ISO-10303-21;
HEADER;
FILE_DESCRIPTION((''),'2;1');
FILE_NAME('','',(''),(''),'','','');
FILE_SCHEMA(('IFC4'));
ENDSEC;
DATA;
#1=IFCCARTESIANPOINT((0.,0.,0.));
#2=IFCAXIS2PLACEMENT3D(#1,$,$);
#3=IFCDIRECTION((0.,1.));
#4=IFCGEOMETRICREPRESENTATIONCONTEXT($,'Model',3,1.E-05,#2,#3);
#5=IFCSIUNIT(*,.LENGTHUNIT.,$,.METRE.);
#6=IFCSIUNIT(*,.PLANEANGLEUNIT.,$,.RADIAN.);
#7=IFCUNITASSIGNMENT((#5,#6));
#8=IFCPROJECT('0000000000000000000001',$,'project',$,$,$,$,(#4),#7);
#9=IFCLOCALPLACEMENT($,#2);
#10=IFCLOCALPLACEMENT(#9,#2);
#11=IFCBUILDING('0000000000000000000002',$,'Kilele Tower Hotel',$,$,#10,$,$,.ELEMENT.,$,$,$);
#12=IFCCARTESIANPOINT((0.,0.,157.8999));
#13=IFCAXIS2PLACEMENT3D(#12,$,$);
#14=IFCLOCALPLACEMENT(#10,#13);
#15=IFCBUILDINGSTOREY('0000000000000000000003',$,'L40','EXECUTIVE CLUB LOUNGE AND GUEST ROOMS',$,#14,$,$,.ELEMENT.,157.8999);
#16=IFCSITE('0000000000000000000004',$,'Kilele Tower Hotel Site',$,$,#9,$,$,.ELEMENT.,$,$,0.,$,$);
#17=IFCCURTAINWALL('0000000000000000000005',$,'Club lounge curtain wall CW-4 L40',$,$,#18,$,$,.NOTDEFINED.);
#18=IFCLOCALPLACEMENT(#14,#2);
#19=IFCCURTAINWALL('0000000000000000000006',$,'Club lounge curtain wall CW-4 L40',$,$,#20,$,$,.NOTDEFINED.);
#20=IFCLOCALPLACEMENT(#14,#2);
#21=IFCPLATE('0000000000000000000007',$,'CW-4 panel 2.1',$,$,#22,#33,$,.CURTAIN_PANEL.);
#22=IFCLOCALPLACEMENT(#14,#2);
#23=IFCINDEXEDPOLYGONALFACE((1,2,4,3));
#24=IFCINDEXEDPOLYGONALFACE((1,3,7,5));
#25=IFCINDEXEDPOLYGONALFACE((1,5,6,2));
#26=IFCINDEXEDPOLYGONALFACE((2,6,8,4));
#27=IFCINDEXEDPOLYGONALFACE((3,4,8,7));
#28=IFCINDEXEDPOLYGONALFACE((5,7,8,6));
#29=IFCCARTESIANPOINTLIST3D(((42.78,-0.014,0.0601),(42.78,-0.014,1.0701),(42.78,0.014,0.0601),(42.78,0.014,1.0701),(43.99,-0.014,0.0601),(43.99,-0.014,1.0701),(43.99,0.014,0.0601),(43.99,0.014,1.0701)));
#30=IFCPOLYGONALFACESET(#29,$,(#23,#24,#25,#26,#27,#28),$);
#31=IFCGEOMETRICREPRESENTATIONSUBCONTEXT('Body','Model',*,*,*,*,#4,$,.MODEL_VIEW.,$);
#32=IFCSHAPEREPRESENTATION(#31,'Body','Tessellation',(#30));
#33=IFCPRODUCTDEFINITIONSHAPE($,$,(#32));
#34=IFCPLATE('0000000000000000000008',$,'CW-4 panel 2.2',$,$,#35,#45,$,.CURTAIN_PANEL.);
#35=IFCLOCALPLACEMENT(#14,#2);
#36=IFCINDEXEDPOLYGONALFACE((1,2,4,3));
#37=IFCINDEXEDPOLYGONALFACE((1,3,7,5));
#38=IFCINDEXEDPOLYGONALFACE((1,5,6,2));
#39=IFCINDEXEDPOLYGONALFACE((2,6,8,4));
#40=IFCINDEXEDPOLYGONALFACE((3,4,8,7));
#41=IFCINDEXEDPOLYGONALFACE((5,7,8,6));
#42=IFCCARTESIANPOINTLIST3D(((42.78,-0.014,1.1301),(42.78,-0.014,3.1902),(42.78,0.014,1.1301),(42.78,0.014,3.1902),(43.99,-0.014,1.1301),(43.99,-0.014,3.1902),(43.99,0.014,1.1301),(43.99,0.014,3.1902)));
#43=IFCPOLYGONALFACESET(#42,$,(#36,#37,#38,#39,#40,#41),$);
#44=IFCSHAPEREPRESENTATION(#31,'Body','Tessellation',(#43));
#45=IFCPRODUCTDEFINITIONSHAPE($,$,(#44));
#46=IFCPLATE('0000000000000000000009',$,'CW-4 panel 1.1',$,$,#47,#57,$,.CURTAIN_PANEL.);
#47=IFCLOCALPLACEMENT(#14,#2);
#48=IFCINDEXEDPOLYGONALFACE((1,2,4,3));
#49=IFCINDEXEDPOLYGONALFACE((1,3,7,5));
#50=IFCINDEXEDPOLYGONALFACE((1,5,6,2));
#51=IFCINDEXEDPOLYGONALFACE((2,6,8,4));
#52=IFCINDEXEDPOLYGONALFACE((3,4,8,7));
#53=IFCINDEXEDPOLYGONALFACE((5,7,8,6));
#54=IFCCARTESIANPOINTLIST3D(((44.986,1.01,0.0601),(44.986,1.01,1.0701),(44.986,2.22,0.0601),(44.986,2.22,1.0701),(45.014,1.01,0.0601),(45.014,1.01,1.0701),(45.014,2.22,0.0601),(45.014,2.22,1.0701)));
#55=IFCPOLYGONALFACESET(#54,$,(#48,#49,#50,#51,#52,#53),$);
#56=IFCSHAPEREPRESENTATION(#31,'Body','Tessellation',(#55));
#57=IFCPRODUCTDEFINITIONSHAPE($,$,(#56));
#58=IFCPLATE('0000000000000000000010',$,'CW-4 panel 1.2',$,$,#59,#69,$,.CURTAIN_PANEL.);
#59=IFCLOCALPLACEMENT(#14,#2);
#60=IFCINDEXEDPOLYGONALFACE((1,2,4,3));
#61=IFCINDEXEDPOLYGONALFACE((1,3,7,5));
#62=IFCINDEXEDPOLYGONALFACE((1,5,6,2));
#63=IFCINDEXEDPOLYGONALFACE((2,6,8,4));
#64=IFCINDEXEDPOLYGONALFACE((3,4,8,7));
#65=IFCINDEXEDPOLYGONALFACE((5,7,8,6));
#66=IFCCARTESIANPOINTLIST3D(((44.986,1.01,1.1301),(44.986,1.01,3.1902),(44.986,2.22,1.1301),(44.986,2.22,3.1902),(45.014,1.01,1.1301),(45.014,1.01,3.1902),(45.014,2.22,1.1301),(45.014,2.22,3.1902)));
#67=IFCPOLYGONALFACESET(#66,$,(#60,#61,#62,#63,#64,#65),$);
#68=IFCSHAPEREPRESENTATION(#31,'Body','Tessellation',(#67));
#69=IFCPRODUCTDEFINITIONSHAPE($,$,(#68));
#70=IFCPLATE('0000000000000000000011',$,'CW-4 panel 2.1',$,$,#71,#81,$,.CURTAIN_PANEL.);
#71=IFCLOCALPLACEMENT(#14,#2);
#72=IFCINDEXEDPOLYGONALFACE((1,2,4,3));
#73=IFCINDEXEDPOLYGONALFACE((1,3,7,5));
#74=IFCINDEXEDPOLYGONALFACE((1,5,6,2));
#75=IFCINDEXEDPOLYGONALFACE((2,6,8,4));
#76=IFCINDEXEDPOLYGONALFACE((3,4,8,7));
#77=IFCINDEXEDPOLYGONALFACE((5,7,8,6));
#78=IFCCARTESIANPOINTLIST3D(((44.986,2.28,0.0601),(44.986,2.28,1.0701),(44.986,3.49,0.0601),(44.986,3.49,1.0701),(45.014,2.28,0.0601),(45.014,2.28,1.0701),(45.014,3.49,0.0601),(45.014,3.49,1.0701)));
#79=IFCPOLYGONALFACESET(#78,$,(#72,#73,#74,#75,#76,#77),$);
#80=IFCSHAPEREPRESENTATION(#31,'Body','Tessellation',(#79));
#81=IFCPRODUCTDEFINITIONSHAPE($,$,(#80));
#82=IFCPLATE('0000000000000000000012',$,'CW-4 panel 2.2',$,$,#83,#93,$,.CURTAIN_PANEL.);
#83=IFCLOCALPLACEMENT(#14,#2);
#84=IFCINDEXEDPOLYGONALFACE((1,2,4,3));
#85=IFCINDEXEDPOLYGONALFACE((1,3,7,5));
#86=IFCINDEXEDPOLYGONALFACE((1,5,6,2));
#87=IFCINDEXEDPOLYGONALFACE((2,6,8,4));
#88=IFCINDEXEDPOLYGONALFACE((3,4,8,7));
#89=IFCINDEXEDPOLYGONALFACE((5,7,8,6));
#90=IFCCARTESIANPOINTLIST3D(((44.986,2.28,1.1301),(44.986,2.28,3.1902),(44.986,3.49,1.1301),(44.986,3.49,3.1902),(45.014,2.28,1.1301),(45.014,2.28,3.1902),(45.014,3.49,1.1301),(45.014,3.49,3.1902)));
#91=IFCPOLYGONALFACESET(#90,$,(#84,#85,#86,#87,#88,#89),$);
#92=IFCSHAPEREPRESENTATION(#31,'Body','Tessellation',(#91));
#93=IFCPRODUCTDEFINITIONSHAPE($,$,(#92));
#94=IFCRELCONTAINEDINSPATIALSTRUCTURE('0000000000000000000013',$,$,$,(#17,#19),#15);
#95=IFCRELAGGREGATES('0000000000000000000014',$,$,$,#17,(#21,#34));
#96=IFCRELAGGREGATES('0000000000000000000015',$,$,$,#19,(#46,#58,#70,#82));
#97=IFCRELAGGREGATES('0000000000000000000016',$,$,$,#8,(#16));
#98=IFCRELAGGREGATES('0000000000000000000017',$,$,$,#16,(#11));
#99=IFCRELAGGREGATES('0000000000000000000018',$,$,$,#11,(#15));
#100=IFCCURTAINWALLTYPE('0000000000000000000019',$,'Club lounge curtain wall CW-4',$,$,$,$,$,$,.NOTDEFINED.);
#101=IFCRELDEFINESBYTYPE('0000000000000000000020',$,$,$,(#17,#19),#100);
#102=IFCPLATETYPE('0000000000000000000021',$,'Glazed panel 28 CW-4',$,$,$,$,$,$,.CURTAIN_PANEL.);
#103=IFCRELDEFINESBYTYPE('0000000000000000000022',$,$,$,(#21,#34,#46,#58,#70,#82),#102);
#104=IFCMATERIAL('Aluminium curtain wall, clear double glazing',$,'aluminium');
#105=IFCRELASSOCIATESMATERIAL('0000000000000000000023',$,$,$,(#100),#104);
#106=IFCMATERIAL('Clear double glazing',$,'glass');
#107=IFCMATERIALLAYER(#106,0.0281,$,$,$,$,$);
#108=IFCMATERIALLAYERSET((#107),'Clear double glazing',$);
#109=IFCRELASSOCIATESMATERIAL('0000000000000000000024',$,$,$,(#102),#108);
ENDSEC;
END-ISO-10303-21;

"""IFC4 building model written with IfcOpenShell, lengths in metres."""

from ifc_helpers import new_model, si_unit, direction, frame, origin, origin_2d, place, context, subcontext, project, spatial, rectangle, extrude, material, layer, layer_set, type_object, element, aggregate, save


model = new_model("IFC4")

# Units and contexts
model_context = context("Model", 3, precision=1e-05, world=origin(), true_north=direction((0.0, 1.0)))
body_context = subcontext(model_context, "Body", "Model", "MODEL_VIEW")
ifc_project = project(units=[si_unit("LENGTHUNIT", "METRE"), si_unit("PLANEANGLEUNIT", "RADIAN")], contexts=[model_context])

# Site, building, storey
site_placement = place(None, origin())
site = spatial("IfcSite", under=ifc_project, at=site_placement, Name="Kilele Tower Hotel Site", CompositionType="ELEMENT", RefElevation=0.0)
building_placement = place(site_placement, origin())
building = spatial("IfcBuilding", under=site, at=building_placement, Name="Kilele Tower Hotel", CompositionType="ELEMENT")
storey_placement = place(building_placement, frame((0.0, 0.0, 157.8999)))
storey = spatial("IfcBuildingStorey", under=building, at=storey_placement, Name="L40", Description="EXECUTIVE CLUB LOUNGE AND GUEST ROOMS", CompositionType="ELEMENT", Elevation=157.8999)

# Curtain wall
ifc_material_1 = material(Name="Aluminium curtain wall, clear double glazing", Category="aluminium")
curtain_wall_type = type_object("IfcCurtainWallType", Name="Club lounge curtain wall CW-4", PredefinedType="NOTDEFINED", material=ifc_material_1)
curtain_wall_1_placement = place(storey_placement, origin())
curtain_wall_1 = element("IfcCurtainWall", 1, at=curtain_wall_1_placement, inside=storey, type_object=curtain_wall_type, Name="Club lounge curtain wall CW-4 L40", PredefinedType="NOTDEFINED")

# Curtain wall
curtain_wall_2_placement = place(storey_placement, origin())
curtain_wall_2 = element("IfcCurtainWall", 2, at=curtain_wall_2_placement, inside=storey, type_object=curtain_wall_type, Name="Club lounge curtain wall CW-4 L40", PredefinedType="NOTDEFINED")

# Plates
ifc_material_2 = material(Name="Clear double glazing", Category="glass")
ifc_layer = layer(ifc_material_2, 0.0281)
ifc_layer_set = layer_set([ifc_layer], Name="Clear double glazing")
plate_type = type_object("IfcPlateType", Name="Glazed panel 28 CW-4", PredefinedType="CURTAIN_PANEL", material=ifc_layer_set)
plate_1_placement = place(storey_placement, frame((43.385, 0.0, 0.0601), z_axis=(0.0, 0.0, 1.0), x_axis=(1.0, 0.0, 0.0)))
plate_1 = element("IfcPlate", 3, at=plate_1_placement, type_object=plate_type, Name="CW-4 panel 2.1", PredefinedType="CURTAIN_PANEL", context=body_context, shape_type="SweptSolid", body=[
    extrude(rectangle(XDim=1.21, YDim=0.0281, at=origin_2d()), origin(), (0.0, 0.0, 1.0), 1.01),
])
plate_2_placement = place(storey_placement, frame((43.385, 0.0, 1.1301), z_axis=(0.0, 0.0, 1.0), x_axis=(1.0, 0.0, 0.0)))
plate_2 = element("IfcPlate", 4, at=plate_2_placement, type_object=plate_type, Name="CW-4 panel 2.2", PredefinedType="CURTAIN_PANEL", context=body_context, shape_type="SweptSolid", body=[
    extrude(rectangle(XDim=1.21, YDim=0.0281, at=origin_2d()), origin(), (0.0, 0.0, 1.0), 2.0601),
])
aggregate(curtain_wall_1, [plate_1, plate_2])
plate_3_placement = place(storey_placement, frame((45.0, 1.615, 0.0601), z_axis=(0.0, 0.0, 1.0), x_axis=(0.0, 1.0, 0.0)))
plate_3 = element("IfcPlate", 5, at=plate_3_placement, type_object=plate_type, Name="CW-4 panel 1.1", PredefinedType="CURTAIN_PANEL", context=body_context, shape_type="SweptSolid", body=[
    extrude(rectangle(XDim=1.21, YDim=0.0281, at=origin_2d()), origin(), (0.0, 0.0, 1.0), 1.01),
])
plate_4_placement = place(storey_placement, frame((45.0, 1.615, 1.1301), z_axis=(0.0, 0.0, 1.0), x_axis=(0.0, 1.0, 0.0)))
plate_4 = element("IfcPlate", 6, at=plate_4_placement, type_object=plate_type, Name="CW-4 panel 1.2", PredefinedType="CURTAIN_PANEL", context=body_context, shape_type="SweptSolid", body=[
    extrude(rectangle(XDim=1.21, YDim=0.0281, at=origin_2d()), origin(), (0.0, 0.0, 1.0), 2.0601),
])
plate_5_placement = place(storey_placement, frame((45.0, 2.885, 0.0601), z_axis=(0.0, 0.0, 1.0), x_axis=(0.0, 1.0, 0.0)))
plate_5 = element("IfcPlate", 7, at=plate_5_placement, type_object=plate_type, Name="CW-4 panel 2.1", PredefinedType="CURTAIN_PANEL", context=body_context, shape_type="SweptSolid", body=[
    extrude(rectangle(XDim=1.21, YDim=0.0281, at=origin_2d()), origin(), (0.0, 0.0, 1.0), 1.01),
])
plate_6_placement = place(storey_placement, frame((45.0, 2.885, 1.1301), z_axis=(0.0, 0.0, 1.0), x_axis=(0.0, 1.0, 0.0)))
plate_6 = element("IfcPlate", 8, at=plate_6_placement, type_object=plate_type, Name="CW-4 panel 2.2", PredefinedType="CURTAIN_PANEL", context=body_context, shape_type="SweptSolid", body=[
    extrude(rectangle(XDim=1.21, YDim=0.0281, at=origin_2d()), origin(), (0.0, 0.0, 1.0), 2.0601),
])
aggregate(curtain_wall_2, [plate_3, plate_4, plate_5, plate_6])

save(model, "model.ifc")
